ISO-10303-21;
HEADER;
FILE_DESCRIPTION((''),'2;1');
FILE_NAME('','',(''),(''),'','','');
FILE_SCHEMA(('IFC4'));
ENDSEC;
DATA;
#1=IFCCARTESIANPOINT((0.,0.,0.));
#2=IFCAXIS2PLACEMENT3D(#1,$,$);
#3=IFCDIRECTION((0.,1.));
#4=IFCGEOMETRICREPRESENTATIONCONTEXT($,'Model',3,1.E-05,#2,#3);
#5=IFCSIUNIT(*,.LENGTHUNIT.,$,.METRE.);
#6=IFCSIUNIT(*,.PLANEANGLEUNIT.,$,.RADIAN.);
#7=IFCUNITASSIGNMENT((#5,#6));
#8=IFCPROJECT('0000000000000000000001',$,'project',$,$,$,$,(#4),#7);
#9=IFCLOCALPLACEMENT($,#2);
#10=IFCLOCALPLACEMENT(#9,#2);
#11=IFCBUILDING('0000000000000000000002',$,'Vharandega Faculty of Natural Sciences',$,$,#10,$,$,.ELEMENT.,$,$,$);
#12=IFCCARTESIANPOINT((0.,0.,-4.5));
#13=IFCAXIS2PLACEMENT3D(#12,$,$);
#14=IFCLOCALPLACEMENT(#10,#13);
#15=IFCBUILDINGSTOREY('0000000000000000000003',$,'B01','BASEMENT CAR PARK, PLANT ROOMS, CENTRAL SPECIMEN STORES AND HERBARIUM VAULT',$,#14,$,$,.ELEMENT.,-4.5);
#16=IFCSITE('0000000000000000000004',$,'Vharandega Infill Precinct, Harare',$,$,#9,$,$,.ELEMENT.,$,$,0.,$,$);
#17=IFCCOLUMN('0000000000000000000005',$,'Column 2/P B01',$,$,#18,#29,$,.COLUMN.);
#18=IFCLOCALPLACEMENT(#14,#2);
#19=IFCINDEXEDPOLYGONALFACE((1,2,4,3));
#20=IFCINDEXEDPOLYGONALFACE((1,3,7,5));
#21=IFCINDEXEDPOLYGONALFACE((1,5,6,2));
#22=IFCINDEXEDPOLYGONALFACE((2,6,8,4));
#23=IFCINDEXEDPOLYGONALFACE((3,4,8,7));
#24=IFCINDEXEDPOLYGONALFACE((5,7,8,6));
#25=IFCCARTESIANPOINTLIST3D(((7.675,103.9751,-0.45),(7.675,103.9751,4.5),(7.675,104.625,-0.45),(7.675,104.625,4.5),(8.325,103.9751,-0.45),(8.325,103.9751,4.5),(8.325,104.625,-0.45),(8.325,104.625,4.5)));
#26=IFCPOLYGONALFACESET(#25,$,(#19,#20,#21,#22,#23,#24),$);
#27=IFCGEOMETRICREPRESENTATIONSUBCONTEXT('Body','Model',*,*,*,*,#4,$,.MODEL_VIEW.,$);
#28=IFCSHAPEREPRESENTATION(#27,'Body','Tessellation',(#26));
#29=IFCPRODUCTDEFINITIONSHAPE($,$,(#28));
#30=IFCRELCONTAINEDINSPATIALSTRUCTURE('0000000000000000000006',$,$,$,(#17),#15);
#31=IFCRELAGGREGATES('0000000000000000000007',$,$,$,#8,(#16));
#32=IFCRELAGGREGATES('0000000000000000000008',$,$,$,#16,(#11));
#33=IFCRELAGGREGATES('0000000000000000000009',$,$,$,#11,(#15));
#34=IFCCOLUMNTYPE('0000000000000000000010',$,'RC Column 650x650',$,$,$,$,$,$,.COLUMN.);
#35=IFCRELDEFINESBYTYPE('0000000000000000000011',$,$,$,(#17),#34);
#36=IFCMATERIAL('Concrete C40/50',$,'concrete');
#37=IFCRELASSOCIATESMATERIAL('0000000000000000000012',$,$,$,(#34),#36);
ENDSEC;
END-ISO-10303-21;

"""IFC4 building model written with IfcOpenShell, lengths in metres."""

from ifc_helpers import new_model, si_unit, direction, frame, origin, origin_2d, place, context, subcontext, project, spatial, rectangle, extrude, material, material_profile, profile_set, type_object, element, save


model = new_model("IFC4")

# Units and contexts
model_context = context("Model", 3, precision=1e-05, world=origin(), true_north=direction((0.0, 1.0)))
body_context = subcontext(model_context, "Body", "Model", "MODEL_VIEW")
ifc_project = project(units=[si_unit("LENGTHUNIT", "METRE"), si_unit("PLANEANGLEUNIT", "RADIAN")], contexts=[model_context])

# Site, building, storey
site_placement = place(None, origin())
site = spatial("IfcSite", under=ifc_project, at=site_placement, Name="Vharandega Infill Precinct, Harare", CompositionType="ELEMENT", RefElevation=0.0)
building_placement = place(site_placement, origin())
building = spatial("IfcBuilding", under=site, at=building_placement, Name="Vharandega Faculty of Natural Sciences", CompositionType="ELEMENT")
storey_placement = place(building_placement, frame((0.0, 0.0, -4.5)))
storey = spatial("IfcBuildingStorey", under=building, at=storey_placement, Name="B01", Description="BASEMENT CAR PARK, PLANT ROOMS, CENTRAL SPECIMEN STORES AND HERBARIUM VAULT", CompositionType="ELEMENT", Elevation=-4.5)

# Column
ifc_material_1 = material(Name="Concrete C40/50", Category="concrete")
ifc_material_profile_1 = material_profile(ifc_material_1, rectangle(XDim=0.6499, YDim=0.6499, at=origin_2d()), Name="RC 650x650")
ifc_profile_set_1 = profile_set([ifc_material_profile_1], Name="Concrete C40/50")
column_type = type_object("IfcColumnType", Name="RC Column 650x650", PredefinedType="COLUMN", material=ifc_profile_set_1)
for number, where, z_axis, x_axis, name in (
    (1, (8.0, 104.3, -0.45), (0.0, 0.0, 1.0), (1.0, 0.0, 0.0), "Column 2/P B01"),
):
    element("IfcColumn", number, at=place(storey_placement, frame(where, z_axis=z_axis, x_axis=x_axis)), inside=storey, type_object=column_type, Name=name, PredefinedType="COLUMN", context=body_context, shape_type="SweptSolid", body=[
        extrude(rectangle(XDim=0.6499, YDim=0.6499, at=origin_2d()), origin(), (0.0, 0.0, 1.0), 4.95),
    ])

save(model, "model.ifc")
